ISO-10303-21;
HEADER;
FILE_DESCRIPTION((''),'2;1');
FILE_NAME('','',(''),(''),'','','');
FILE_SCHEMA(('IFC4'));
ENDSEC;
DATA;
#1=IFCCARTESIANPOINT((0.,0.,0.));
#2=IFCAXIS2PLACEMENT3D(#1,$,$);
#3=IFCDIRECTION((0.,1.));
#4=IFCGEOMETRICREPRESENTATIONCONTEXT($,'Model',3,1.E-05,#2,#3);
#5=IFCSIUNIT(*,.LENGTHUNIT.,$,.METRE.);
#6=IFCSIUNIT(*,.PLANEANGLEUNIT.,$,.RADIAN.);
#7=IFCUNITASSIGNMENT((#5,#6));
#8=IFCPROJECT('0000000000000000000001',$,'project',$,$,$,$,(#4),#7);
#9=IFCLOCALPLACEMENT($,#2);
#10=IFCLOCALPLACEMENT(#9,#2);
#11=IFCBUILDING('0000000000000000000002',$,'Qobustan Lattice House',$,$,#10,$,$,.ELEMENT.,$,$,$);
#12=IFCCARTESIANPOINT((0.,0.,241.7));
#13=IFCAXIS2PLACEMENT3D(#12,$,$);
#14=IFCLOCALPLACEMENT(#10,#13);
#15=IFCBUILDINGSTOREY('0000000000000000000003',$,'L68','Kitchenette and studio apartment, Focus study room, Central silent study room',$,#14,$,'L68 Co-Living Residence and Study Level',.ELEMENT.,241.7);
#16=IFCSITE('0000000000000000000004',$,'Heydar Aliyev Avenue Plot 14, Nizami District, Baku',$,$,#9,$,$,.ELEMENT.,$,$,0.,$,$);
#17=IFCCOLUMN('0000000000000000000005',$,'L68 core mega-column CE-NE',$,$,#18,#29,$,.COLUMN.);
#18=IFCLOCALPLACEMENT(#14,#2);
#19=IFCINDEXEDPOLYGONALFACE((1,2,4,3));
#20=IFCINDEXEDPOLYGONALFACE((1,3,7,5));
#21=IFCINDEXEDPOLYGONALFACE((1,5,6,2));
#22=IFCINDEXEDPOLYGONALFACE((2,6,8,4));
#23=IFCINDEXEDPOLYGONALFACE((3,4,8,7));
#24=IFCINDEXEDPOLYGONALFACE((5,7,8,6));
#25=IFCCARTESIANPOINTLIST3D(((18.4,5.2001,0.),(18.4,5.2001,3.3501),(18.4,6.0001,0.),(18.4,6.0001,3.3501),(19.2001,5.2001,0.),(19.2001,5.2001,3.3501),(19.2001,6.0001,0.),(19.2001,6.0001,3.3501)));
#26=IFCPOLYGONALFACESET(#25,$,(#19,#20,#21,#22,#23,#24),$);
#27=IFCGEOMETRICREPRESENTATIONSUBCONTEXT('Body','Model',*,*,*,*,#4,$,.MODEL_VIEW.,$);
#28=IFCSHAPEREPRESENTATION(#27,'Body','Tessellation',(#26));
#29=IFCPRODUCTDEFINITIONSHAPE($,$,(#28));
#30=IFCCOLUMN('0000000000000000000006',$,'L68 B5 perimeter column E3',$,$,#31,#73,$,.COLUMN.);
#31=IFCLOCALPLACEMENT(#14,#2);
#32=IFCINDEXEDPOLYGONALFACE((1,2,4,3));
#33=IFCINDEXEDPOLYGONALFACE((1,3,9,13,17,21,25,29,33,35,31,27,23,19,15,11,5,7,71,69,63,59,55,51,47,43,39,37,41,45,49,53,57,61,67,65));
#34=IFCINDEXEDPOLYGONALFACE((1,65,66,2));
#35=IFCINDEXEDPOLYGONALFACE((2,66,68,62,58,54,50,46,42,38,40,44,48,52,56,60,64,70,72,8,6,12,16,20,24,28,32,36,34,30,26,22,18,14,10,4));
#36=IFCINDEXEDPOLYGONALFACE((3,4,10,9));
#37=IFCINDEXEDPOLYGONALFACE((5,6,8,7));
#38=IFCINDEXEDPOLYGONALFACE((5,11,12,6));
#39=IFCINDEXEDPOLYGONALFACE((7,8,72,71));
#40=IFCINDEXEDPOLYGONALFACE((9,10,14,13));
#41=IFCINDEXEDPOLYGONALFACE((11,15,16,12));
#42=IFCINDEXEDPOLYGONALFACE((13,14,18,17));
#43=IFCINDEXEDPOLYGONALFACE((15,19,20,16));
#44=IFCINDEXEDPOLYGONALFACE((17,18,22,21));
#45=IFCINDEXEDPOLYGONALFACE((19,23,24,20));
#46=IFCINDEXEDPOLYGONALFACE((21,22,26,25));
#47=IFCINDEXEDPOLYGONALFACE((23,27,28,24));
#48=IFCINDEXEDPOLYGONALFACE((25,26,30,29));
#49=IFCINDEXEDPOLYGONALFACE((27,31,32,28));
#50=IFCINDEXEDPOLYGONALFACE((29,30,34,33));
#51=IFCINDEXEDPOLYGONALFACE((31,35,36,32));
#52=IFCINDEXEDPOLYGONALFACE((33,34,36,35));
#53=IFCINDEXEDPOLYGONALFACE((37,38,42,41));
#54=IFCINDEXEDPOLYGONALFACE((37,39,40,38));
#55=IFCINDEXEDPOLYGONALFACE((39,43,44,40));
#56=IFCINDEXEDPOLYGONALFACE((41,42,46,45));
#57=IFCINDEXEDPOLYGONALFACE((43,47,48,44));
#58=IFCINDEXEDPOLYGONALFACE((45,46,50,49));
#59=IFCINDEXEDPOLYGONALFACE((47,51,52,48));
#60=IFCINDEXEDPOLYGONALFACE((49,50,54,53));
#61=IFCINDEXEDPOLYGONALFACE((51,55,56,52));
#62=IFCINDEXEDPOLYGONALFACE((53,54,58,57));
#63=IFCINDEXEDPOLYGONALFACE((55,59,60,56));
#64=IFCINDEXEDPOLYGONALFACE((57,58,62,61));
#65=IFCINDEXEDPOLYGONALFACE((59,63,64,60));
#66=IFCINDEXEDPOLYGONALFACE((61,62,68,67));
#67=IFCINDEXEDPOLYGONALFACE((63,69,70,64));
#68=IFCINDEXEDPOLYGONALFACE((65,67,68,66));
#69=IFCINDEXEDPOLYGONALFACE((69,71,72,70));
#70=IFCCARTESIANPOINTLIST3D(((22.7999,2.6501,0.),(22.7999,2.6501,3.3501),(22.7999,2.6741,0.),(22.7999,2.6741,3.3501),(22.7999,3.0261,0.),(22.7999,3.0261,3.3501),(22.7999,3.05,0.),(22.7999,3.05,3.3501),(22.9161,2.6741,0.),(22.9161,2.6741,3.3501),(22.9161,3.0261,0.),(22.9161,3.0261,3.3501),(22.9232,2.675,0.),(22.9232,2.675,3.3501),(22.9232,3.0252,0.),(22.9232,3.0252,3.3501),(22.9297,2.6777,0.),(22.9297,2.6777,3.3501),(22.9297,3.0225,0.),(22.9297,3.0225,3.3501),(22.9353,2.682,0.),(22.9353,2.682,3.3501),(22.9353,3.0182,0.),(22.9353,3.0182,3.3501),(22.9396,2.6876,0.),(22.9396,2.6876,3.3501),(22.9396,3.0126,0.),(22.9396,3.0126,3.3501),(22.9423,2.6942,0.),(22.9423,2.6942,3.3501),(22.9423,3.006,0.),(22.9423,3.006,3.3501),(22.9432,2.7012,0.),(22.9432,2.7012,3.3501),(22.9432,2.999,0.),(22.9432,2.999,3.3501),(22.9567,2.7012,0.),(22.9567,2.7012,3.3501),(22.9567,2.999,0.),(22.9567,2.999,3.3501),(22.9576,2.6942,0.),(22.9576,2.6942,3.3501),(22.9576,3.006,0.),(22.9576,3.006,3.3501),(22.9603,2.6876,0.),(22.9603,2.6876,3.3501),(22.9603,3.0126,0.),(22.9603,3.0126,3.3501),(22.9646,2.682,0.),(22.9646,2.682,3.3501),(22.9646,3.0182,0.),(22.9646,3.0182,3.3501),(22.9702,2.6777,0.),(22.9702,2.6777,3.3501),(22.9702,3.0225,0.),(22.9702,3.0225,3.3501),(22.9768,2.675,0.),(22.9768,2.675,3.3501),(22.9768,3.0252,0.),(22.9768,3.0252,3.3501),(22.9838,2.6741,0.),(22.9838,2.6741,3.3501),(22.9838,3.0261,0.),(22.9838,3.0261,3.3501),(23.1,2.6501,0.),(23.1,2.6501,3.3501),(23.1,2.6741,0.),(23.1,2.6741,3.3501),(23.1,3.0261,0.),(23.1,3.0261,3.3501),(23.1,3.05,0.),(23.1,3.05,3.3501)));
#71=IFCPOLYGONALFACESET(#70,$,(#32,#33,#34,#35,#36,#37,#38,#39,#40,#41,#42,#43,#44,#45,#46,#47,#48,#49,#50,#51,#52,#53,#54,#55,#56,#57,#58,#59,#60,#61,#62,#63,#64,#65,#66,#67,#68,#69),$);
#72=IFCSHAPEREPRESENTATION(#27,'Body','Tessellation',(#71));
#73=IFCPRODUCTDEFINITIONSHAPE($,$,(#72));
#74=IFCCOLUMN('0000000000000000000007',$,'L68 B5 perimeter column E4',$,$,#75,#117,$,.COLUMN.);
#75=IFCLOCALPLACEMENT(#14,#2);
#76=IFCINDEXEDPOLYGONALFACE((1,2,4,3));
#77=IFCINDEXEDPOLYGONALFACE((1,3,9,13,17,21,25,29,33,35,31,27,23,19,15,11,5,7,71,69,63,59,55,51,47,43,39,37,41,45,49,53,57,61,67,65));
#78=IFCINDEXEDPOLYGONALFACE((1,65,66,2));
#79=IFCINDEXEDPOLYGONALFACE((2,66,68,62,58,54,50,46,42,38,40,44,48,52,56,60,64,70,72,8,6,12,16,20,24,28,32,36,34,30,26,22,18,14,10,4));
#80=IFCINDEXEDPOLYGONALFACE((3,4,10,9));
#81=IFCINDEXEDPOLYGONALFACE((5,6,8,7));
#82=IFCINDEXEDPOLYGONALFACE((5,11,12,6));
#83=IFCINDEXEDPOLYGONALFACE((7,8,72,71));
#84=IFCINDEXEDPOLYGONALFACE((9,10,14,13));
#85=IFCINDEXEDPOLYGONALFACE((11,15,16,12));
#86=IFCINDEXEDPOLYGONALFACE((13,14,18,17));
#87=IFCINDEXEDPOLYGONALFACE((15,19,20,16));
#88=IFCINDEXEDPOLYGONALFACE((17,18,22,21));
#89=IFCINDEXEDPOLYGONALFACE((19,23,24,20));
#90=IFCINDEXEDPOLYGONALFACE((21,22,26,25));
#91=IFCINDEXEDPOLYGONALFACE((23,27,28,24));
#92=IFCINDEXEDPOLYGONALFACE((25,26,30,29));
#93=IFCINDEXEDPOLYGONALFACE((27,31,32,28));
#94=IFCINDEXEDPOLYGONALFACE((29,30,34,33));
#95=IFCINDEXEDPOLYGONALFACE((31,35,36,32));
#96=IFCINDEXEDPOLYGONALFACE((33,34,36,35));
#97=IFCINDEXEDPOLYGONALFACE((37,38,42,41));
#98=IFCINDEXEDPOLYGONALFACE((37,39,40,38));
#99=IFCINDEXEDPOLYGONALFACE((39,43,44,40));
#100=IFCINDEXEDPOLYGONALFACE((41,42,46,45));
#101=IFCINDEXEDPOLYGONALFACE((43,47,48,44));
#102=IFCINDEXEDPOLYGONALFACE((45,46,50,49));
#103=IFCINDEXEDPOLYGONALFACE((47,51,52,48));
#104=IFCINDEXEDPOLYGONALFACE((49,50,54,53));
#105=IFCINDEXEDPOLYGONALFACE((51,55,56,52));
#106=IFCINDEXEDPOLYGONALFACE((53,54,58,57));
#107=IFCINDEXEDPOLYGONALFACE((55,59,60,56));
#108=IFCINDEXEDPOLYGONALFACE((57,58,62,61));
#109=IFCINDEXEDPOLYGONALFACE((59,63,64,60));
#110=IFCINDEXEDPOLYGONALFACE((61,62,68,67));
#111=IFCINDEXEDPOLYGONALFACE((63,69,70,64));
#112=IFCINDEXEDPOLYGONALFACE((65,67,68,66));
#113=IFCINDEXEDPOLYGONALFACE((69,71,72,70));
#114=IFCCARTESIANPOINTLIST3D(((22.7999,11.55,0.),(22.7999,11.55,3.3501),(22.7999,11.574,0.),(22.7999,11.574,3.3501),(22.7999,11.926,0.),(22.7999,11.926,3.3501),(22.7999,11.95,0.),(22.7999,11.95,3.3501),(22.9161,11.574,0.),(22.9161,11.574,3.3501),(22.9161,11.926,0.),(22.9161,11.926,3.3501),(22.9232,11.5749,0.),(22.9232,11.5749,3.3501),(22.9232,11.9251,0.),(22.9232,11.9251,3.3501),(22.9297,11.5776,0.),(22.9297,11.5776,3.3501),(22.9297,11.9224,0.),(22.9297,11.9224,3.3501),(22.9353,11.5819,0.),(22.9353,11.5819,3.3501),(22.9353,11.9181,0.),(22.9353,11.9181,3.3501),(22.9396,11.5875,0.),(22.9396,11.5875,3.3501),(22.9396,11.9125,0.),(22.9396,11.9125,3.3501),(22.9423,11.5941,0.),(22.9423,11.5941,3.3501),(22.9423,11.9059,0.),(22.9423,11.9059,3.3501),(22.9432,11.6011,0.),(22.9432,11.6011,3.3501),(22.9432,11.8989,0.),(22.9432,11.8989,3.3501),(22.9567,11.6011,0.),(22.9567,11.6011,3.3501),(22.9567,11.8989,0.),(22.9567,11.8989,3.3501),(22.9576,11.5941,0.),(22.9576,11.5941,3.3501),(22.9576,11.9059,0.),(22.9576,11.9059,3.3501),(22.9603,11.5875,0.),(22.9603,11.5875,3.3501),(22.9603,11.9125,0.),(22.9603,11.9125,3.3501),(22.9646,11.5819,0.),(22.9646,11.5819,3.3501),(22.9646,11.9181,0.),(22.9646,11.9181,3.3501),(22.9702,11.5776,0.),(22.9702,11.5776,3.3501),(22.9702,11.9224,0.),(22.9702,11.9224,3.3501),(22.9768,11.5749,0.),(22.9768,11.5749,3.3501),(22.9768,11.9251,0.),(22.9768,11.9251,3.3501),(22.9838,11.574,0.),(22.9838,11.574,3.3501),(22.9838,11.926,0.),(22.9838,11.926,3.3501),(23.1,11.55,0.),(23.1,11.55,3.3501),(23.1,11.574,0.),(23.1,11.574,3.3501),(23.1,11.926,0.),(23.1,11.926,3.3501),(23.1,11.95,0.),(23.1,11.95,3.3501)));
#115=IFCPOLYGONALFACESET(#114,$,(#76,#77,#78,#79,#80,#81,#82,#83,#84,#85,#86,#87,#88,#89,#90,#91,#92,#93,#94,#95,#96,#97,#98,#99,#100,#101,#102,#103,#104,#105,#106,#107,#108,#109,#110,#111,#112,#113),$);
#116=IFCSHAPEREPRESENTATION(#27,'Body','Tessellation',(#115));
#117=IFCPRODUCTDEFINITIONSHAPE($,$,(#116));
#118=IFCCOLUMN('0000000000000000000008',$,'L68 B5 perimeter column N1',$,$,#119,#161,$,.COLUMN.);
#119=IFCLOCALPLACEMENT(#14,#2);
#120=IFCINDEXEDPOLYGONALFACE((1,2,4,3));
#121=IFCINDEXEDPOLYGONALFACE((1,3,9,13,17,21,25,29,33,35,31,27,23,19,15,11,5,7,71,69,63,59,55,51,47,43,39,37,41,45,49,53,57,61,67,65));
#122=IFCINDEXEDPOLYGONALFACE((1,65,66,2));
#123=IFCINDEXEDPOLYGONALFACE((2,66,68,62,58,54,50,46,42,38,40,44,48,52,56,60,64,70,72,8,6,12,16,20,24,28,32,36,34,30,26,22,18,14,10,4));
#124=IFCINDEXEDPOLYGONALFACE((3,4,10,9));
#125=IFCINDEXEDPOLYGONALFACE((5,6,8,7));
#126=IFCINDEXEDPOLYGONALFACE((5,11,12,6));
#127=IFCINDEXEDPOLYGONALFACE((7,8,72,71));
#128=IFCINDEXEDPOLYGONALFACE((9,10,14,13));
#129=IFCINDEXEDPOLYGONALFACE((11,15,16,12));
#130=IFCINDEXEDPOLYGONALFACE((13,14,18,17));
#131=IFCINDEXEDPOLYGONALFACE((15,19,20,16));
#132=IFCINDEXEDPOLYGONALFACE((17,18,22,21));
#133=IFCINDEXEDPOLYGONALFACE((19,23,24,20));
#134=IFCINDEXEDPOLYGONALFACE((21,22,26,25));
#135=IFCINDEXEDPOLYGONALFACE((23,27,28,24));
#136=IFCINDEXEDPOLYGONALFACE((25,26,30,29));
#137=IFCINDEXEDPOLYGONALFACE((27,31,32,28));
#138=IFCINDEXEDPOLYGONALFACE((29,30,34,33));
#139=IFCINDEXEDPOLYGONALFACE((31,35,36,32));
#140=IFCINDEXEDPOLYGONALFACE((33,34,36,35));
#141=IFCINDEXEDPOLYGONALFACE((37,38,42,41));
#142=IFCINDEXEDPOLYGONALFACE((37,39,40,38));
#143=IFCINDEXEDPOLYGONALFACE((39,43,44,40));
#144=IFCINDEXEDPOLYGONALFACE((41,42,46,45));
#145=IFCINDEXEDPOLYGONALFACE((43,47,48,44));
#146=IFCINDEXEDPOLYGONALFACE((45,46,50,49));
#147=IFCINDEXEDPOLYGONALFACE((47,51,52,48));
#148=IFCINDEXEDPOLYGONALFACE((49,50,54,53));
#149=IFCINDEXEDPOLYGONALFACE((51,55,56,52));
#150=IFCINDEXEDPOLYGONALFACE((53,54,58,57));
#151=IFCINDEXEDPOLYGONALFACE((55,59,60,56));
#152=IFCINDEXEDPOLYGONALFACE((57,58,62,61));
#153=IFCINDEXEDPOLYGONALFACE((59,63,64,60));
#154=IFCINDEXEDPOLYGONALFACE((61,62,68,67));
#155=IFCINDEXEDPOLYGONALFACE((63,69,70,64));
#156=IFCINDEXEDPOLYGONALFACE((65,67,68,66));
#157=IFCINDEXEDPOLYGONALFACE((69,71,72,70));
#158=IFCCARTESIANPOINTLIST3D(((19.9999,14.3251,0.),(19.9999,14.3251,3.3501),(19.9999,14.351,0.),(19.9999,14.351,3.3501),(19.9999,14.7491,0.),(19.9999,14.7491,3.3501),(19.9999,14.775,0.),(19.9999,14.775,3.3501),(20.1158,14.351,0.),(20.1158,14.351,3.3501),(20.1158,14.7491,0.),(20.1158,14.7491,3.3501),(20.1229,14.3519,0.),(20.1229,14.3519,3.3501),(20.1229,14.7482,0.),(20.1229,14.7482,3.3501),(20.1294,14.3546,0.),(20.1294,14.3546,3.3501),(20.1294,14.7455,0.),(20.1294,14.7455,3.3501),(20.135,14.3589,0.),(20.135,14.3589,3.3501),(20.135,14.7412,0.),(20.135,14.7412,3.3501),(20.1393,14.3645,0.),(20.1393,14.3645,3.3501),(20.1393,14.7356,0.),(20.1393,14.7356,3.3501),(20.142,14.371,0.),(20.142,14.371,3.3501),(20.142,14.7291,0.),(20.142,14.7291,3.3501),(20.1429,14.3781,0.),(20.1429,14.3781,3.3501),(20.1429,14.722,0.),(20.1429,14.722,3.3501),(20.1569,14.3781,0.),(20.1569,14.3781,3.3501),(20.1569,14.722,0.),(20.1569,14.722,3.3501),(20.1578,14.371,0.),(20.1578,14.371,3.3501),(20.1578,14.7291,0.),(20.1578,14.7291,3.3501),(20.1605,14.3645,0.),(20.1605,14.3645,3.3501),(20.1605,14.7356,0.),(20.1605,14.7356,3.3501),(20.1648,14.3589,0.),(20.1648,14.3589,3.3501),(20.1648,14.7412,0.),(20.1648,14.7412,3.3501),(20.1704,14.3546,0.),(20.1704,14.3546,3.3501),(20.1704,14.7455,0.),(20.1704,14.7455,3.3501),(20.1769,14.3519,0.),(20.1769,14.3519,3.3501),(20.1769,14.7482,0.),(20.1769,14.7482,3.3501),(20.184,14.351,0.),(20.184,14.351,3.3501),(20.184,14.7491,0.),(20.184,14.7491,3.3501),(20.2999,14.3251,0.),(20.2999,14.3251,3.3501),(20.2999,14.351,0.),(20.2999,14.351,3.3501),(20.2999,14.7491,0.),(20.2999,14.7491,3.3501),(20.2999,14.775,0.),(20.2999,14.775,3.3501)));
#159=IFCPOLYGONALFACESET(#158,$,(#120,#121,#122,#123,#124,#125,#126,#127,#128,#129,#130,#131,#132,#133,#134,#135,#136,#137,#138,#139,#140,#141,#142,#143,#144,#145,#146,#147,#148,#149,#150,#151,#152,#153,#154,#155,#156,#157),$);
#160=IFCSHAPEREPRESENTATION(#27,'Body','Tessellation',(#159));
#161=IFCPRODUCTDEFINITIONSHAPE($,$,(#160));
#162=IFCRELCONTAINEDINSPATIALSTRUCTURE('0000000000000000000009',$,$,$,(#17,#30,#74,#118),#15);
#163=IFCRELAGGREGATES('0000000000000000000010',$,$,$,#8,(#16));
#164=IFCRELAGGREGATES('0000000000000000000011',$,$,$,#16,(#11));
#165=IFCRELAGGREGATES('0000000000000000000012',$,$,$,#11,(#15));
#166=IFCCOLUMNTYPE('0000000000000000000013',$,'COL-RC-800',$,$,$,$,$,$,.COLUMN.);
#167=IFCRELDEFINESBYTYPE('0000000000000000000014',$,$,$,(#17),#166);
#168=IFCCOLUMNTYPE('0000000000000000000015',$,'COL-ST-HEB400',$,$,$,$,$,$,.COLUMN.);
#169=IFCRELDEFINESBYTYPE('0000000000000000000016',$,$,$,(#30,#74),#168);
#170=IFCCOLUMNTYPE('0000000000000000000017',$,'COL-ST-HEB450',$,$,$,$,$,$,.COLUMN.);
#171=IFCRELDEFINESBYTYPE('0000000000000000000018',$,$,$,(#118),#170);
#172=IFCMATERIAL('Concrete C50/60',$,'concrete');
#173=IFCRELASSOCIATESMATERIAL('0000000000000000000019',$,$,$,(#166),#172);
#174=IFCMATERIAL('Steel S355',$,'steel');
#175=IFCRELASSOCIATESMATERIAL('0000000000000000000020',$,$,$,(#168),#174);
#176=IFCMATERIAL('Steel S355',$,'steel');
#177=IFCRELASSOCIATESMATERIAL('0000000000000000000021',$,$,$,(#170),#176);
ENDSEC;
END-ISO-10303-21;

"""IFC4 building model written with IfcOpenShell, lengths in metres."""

from ifc_helpers import new_model, si_unit, direction, frame, origin, origin_2d, place, context, subcontext, project, spatial, rectangle, i_section, extrude, material, material_profile, profile_set, type_object, element, save


model = new_model("IFC4")

# Units and contexts
model_context = context("Model", 3, precision=1e-05, world=origin(), true_north=direction((0.0, 1.0)))
body_context = subcontext(model_context, "Body", "Model", "MODEL_VIEW")
ifc_project = project(units=[si_unit("LENGTHUNIT", "METRE"), si_unit("PLANEANGLEUNIT", "RADIAN")], contexts=[model_context])

# Site, building, storey
site_placement = place(None, origin())
site = spatial("IfcSite", under=ifc_project, at=site_placement, Name="Heydar Aliyev Avenue Plot 14, Nizami District, Baku", CompositionType="ELEMENT", RefElevation=0.0)
building_placement = place(site_placement, origin())
building = spatial("IfcBuilding", under=site, at=building_placement, Name="Qobustan Lattice House", CompositionType="ELEMENT")
storey_placement = place(building_placement, frame((0.0, 0.0, 241.7)))
storey = spatial("IfcBuildingStorey", under=building, at=storey_placement, Name="L68", Description="Kitchenette and studio apartment, Focus study room, Central silent study room", LongName="L68 Co-Living Residence and Study Level", CompositionType="ELEMENT", Elevation=241.7)

# Columns
ifc_material_1 = material(Name="Concrete C50/60", Category="concrete")
ifc_material_profile_1 = material_profile(ifc_material_1, rectangle(XDim=0.8, YDim=0.8, at=origin_2d()), Name="RC800x800")
ifc_profile_set_1 = profile_set([ifc_material_profile_1], Name="Concrete C50/60")
column_type_1 = type_object("IfcColumnType", Name="COL-RC-800", PredefinedType="COLUMN", material=ifc_profile_set_1)
column_1_placement = place(storey_placement, frame((18.8, 5.6001, 0.0), z_axis=(0.0, 0.0, 1.0), x_axis=(1.0, 0.0, 0.0)))
element("IfcColumn", 1, at=column_1_placement, inside=storey, type_object=column_type_1, Name="L68 core mega-column CE-NE", PredefinedType="COLUMN", context=body_context, shape_type="SweptSolid", body=[
    extrude(rectangle(XDim=0.8, YDim=0.8, at=origin_2d()), origin(), (0.0, 0.0, 1.0), 3.3501),
])
ifc_material_2 = material(Name="Steel S355", Category="steel")
ifc_material_profile_2 = material_profile(ifc_material_2, i_section(OverallWidth=0.3, OverallDepth=0.3999, WebThickness=0.0134, FlangeThickness=0.0239, FilletRadius=0.0271, at=origin_2d()), Name="HEB400")
ifc_profile_set_2 = profile_set([ifc_material_profile_2], Name="Steel S355")
column_type_2 = type_object("IfcColumnType", Name="COL-ST-HEB400", PredefinedType="COLUMN", material=ifc_profile_set_2)
for number, where, z_axis, x_axis, name in (
    (2, (22.95, 2.8501, 0.0), (0.0, 0.0, 1.0), (1.0, 0.0, 0.0), "L68 B5 perimeter column E3"),
    (3, (22.95, 11.75, 0.0), (0.0, 0.0, 1.0), (1.0, 0.0, 0.0), "L68 B5 perimeter column E4"),
):
    element("IfcColumn", number, at=place(storey_placement, frame(where, z_axis=z_axis, x_axis=x_axis)), inside=storey, type_object=column_type_2, Name=name, PredefinedType="COLUMN", context=body_context, shape_type="SweptSolid", body=[
        extrude(i_section(OverallWidth=0.3, OverallDepth=0.3999, WebThickness=0.0134, FlangeThickness=0.0239, FilletRadius=0.0271, at=origin_2d()), origin(), (0.0, 0.0, 1.0), 3.3501),
    ])
ifc_material_3 = material(Name="Steel S355", Category="steel")
ifc_material_profile_3 = material_profile(ifc_material_3, i_section(OverallWidth=0.3, OverallDepth=0.45, WebThickness=0.0139, FlangeThickness=0.0259, FilletRadius=0.0271, at=origin_2d()), Name="HEB450")
ifc_profile_set_3 = profile_set([ifc_material_profile_3], Name="Steel S355")
column_type_3 = type_object("IfcColumnType", Name="COL-ST-HEB450", PredefinedType="COLUMN", material=ifc_profile_set_3)
column_2_placement = place(storey_placement, frame((20.1499, 14.55, 0.0), z_axis=(0.0, 0.0, 1.0), x_axis=(1.0, 0.0, 0.0)))
element("IfcColumn", 4, at=column_2_placement, inside=storey, type_object=column_type_3, Name="L68 B5 perimeter column N1", PredefinedType="COLUMN", context=body_context, shape_type="SweptSolid", body=[
    extrude(i_section(OverallWidth=0.3, OverallDepth=0.45, WebThickness=0.0139, FlangeThickness=0.0259, FilletRadius=0.0271, at=origin_2d()), origin(), (0.0, 0.0, 1.0), 3.3501),
])

save(model, "model.ifc")
